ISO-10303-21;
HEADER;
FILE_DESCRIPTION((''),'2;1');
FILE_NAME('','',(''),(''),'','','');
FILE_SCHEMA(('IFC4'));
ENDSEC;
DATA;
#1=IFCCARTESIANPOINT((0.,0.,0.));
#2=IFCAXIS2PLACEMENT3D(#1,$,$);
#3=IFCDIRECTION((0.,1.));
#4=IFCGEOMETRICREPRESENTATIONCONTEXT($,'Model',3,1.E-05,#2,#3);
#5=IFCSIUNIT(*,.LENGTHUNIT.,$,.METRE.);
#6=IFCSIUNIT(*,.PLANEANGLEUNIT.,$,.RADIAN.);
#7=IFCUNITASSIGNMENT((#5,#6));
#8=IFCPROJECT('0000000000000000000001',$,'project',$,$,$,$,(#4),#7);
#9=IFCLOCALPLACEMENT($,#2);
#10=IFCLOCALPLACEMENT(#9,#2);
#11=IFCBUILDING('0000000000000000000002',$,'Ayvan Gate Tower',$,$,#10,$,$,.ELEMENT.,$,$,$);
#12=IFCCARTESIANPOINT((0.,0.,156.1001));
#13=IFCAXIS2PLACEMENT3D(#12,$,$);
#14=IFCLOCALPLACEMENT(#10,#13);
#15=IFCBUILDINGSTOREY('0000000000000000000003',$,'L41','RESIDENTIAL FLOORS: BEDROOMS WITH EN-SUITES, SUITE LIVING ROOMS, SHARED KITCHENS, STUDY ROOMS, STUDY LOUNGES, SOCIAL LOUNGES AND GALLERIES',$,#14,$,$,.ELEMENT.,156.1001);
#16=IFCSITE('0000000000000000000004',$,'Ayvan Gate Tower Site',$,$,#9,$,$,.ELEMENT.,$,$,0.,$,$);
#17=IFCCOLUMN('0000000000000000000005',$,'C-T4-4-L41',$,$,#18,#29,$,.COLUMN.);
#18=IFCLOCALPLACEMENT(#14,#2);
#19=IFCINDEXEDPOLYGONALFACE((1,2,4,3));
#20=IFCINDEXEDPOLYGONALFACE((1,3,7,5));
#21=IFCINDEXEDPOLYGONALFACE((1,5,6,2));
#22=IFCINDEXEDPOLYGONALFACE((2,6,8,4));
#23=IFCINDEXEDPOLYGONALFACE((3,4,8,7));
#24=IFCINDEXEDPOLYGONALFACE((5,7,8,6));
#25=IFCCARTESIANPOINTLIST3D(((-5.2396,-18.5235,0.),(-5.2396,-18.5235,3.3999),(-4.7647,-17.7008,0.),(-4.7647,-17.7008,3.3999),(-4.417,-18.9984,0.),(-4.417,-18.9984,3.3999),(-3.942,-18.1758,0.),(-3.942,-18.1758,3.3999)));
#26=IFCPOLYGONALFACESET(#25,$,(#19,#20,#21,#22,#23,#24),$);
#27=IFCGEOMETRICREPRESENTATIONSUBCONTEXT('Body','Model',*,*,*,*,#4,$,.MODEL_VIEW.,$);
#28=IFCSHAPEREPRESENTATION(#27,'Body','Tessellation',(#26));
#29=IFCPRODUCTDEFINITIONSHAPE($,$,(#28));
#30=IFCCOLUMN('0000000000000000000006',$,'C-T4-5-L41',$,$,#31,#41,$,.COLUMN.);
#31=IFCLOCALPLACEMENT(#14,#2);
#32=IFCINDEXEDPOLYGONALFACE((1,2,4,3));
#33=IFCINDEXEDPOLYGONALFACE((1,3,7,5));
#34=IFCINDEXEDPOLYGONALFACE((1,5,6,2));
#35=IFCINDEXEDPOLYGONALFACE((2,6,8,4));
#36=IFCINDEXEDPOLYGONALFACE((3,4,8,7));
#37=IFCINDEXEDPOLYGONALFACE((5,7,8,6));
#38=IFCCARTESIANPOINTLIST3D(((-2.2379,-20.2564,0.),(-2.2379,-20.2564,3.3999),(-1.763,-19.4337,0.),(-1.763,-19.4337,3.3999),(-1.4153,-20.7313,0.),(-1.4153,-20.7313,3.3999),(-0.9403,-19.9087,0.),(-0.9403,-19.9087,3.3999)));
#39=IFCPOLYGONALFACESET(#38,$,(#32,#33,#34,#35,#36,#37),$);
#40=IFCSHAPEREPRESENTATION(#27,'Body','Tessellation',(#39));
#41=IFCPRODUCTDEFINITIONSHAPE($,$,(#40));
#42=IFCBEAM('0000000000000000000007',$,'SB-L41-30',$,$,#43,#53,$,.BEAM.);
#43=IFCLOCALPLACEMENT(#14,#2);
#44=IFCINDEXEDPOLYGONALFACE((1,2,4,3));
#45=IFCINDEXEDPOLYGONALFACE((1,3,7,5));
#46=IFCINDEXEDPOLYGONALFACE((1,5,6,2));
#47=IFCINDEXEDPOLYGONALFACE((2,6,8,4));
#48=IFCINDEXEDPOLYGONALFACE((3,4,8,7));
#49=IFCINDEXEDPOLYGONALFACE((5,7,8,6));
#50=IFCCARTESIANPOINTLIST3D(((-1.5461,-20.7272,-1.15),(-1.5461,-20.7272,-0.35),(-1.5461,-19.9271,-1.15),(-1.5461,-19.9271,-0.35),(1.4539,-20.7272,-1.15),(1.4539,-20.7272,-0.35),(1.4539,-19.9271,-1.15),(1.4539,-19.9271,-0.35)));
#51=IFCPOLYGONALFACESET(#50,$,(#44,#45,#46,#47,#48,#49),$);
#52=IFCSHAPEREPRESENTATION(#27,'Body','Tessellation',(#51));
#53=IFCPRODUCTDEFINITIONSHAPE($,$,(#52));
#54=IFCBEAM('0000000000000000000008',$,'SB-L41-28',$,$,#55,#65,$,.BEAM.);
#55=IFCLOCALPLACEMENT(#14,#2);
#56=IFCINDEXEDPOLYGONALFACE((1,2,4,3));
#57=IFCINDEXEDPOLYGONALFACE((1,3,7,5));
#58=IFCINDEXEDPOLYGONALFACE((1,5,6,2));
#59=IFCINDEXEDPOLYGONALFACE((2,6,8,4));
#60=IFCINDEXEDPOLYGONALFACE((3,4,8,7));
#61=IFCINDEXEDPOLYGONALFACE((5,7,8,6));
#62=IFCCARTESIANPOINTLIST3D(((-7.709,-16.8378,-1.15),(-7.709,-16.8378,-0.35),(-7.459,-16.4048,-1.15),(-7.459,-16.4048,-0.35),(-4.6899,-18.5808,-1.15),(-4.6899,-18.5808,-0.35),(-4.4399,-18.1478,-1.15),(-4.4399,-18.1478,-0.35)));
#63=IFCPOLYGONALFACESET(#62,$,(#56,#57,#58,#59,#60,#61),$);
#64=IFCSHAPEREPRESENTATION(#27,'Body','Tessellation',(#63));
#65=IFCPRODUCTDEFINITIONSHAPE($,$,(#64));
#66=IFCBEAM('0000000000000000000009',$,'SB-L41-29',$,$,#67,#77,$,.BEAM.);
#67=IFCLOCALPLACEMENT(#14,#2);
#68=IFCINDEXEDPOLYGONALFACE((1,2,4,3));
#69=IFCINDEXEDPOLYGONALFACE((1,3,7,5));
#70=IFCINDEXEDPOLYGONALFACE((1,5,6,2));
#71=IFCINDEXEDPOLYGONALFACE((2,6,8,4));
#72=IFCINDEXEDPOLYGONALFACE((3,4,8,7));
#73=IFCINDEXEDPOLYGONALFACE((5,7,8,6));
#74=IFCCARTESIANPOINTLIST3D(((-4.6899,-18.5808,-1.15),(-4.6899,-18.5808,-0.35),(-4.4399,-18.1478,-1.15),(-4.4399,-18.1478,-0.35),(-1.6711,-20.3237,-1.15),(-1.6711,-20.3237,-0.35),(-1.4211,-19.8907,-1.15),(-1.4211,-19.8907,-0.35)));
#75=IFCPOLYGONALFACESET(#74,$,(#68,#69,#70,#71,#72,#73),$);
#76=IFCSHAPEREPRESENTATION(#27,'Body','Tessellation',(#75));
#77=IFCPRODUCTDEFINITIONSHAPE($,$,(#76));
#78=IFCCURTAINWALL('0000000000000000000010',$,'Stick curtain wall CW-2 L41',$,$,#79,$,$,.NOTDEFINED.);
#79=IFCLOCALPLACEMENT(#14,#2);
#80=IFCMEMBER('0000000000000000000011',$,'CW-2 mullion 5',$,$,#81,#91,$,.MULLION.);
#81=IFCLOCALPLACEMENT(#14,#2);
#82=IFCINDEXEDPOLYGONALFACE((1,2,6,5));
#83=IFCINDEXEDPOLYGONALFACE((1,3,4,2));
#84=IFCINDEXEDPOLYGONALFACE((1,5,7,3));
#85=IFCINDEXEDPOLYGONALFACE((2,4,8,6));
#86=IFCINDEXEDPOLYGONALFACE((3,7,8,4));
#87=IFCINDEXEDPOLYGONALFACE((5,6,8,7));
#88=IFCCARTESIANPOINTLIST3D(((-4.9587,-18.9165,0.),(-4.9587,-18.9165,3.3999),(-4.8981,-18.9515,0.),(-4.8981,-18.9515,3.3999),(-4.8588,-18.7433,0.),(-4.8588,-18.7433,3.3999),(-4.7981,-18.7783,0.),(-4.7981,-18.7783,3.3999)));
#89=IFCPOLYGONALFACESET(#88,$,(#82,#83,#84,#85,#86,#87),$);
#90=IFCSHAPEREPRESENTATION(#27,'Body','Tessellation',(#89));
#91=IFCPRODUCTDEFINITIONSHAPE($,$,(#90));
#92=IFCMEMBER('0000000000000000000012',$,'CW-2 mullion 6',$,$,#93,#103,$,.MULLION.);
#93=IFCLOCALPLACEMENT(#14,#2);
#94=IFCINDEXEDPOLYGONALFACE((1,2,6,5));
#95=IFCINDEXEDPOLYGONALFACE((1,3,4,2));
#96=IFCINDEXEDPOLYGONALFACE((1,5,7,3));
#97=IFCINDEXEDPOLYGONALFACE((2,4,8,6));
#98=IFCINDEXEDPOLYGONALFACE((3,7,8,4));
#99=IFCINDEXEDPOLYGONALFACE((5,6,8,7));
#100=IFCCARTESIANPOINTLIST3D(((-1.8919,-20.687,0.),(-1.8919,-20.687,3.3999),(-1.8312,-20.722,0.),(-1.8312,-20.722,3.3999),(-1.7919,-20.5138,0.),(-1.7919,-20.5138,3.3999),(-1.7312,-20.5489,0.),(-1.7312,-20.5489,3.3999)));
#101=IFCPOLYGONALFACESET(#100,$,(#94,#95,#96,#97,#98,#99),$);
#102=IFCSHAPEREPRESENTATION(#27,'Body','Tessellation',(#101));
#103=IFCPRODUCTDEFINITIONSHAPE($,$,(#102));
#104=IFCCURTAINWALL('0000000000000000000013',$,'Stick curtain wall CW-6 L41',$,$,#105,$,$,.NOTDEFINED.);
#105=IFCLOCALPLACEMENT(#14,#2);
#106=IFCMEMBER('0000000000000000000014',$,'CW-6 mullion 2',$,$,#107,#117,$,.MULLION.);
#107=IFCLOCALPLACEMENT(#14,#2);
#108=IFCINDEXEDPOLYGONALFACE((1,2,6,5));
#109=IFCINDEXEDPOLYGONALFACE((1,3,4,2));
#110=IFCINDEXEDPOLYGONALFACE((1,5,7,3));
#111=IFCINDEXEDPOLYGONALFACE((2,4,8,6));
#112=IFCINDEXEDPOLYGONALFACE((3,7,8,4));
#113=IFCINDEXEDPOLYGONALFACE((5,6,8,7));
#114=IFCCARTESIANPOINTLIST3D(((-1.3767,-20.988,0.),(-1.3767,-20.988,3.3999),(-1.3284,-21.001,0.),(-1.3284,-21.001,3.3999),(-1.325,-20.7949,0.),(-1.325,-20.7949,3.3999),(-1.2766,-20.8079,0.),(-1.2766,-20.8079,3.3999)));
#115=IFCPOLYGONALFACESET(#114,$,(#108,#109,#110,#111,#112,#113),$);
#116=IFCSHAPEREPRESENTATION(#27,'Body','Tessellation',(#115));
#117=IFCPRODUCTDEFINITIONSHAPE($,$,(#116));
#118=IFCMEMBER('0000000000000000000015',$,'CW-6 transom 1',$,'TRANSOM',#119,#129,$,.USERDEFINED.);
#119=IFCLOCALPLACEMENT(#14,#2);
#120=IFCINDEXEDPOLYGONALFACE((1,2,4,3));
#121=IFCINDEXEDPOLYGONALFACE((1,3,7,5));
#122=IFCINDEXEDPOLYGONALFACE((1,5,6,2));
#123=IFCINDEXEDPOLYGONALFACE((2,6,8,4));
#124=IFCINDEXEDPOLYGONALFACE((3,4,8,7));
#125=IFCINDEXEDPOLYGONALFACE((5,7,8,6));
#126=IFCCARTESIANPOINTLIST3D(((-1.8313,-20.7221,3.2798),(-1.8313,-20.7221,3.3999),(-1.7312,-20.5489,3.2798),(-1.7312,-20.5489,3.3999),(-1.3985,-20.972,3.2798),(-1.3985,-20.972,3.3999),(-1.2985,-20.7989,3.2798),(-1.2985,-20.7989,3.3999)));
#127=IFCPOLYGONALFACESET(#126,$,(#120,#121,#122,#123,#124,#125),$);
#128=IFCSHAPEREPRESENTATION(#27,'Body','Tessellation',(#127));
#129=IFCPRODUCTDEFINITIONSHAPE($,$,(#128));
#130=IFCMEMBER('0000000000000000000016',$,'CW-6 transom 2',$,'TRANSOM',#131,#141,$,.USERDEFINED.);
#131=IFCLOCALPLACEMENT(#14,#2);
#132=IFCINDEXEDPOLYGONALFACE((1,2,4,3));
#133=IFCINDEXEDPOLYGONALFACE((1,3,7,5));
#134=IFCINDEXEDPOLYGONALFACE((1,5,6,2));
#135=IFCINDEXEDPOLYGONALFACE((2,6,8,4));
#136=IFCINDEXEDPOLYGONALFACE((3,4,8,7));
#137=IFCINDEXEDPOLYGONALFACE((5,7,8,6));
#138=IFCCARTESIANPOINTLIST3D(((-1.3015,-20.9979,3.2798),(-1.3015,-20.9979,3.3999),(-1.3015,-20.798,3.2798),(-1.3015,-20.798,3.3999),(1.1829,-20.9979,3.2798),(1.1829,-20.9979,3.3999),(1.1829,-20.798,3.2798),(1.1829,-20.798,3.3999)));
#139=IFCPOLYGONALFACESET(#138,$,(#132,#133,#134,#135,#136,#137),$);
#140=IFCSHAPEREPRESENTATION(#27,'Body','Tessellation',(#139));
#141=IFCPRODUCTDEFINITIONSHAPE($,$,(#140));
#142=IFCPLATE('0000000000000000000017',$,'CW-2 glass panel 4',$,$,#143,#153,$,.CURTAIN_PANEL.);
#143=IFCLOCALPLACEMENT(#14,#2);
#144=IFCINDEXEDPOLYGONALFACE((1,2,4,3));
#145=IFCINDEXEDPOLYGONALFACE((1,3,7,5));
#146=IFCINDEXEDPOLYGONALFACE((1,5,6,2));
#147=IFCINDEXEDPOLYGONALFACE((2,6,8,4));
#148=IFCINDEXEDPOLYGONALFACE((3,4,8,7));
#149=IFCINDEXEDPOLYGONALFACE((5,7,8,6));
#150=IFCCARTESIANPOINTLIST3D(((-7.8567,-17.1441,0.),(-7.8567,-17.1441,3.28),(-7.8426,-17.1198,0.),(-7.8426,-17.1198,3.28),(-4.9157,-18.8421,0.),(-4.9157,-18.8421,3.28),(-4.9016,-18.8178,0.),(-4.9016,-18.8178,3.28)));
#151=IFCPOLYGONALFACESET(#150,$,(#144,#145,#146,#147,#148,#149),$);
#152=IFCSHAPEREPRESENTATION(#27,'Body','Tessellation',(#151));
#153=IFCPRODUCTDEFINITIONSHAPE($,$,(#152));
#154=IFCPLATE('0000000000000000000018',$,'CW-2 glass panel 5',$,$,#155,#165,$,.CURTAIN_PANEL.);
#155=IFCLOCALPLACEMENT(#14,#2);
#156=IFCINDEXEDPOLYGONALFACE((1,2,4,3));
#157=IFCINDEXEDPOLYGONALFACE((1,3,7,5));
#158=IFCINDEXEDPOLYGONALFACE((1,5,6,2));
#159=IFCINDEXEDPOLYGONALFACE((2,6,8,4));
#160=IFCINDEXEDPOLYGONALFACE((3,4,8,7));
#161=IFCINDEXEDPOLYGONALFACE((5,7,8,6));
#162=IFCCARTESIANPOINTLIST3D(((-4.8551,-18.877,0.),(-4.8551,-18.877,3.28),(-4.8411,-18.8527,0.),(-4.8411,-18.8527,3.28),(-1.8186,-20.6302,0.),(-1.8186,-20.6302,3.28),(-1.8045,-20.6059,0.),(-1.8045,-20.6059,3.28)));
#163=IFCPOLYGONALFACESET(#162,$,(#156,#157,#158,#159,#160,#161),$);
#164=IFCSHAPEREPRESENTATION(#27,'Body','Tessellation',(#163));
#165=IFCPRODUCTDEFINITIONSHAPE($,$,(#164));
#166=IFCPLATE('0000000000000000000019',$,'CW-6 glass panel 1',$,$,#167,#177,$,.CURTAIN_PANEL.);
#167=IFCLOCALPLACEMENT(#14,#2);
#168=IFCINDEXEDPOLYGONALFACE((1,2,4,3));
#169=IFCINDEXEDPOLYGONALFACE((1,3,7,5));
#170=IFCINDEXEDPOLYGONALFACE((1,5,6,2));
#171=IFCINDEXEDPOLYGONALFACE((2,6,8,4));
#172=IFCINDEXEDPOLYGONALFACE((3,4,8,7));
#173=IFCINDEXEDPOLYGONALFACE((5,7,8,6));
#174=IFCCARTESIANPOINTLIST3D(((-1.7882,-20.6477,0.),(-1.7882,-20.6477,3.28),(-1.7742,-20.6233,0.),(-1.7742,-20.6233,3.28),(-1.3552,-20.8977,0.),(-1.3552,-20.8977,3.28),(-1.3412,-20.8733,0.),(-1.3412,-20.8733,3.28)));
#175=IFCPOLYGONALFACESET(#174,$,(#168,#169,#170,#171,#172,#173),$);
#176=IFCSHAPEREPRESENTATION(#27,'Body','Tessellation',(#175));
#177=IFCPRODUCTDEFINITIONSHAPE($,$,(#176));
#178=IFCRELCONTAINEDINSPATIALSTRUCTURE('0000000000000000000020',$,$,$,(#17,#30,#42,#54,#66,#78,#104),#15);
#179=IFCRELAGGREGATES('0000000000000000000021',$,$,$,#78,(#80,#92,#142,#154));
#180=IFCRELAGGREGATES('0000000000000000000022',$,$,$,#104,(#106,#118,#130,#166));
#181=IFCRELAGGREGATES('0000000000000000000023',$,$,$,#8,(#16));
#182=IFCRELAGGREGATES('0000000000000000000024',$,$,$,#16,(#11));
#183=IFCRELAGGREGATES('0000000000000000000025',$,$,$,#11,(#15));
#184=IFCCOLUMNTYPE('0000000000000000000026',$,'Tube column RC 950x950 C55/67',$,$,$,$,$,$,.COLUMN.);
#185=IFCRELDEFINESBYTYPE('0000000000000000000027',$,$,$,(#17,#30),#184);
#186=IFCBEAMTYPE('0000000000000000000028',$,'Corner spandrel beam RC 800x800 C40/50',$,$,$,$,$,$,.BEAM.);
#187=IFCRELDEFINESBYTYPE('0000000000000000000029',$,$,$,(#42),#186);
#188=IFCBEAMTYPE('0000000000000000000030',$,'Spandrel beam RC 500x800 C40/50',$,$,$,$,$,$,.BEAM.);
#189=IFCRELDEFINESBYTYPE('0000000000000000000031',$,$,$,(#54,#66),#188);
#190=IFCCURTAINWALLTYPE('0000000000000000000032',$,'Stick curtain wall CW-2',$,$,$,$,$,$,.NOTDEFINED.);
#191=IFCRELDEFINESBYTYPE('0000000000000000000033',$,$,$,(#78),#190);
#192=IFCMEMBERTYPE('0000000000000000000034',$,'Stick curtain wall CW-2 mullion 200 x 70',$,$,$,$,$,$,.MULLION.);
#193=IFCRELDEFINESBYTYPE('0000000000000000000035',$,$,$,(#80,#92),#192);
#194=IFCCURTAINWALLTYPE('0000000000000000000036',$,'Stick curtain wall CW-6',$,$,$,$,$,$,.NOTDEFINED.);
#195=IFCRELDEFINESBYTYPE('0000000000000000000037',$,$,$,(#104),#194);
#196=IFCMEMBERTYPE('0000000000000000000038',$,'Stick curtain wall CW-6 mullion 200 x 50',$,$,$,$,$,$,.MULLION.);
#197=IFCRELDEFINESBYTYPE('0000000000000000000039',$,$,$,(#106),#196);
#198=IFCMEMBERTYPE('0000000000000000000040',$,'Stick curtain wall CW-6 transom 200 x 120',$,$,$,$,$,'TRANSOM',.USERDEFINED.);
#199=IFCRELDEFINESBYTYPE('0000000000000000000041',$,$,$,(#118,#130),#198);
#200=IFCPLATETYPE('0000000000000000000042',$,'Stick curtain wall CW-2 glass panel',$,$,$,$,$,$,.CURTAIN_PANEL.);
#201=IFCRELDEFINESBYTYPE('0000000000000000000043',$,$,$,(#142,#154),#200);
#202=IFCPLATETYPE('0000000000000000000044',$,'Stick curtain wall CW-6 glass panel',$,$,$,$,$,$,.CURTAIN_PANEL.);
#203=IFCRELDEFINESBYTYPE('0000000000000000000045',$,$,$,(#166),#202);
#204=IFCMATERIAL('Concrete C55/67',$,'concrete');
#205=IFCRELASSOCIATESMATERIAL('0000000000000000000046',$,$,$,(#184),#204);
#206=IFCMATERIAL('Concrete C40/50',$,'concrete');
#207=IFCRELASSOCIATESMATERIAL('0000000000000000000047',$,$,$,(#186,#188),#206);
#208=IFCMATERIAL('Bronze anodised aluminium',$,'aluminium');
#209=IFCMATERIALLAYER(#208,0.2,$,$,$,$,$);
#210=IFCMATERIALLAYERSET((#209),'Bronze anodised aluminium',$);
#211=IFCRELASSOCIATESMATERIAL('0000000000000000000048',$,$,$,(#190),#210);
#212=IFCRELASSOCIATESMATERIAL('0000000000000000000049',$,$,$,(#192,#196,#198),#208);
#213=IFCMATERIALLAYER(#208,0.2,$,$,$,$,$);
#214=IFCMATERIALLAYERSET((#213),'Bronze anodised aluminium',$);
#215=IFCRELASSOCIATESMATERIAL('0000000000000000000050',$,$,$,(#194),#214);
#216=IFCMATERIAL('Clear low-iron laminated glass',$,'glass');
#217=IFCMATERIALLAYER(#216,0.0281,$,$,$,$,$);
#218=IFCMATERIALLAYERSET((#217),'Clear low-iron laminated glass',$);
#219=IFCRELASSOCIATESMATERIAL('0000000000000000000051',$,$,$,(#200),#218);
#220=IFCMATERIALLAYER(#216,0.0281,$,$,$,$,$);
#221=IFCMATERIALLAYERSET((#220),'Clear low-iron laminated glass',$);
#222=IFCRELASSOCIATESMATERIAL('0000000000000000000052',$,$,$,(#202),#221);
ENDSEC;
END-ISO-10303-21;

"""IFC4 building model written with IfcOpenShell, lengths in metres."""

from ifc_helpers import new_model, si_unit, direction, frame, origin, origin_2d, place, context, subcontext, project, spatial, rectangle, extrude, material, layer, layer_set, material_profile, profile_set, type_object, element, aggregate, save


model = new_model("IFC4")

# Units and contexts
model_context = context("Model", 3, precision=1e-05, world=origin(), true_north=direction((0.0, 1.0)))
body_context = subcontext(model_context, "Body", "Model", "MODEL_VIEW")
ifc_project = project(units=[si_unit("LENGTHUNIT", "METRE"), si_unit("PLANEANGLEUNIT", "RADIAN")], contexts=[model_context])

# Site, building, storey
site_placement = place(None, origin())
site = spatial("IfcSite", under=ifc_project, at=site_placement, Name="Ayvan Gate Tower Site", CompositionType="ELEMENT", RefElevation=0.0)
building_placement = place(site_placement, origin())
building = spatial("IfcBuilding", under=site, at=building_placement, Name="Ayvan Gate Tower", CompositionType="ELEMENT")
storey_placement = place(building_placement, frame((0.0, 0.0, 156.1001)))
storey = spatial("IfcBuildingStorey", under=building, at=storey_placement, Name="L41", Description="RESIDENTIAL FLOORS: BEDROOMS WITH EN-SUITES, SUITE LIVING ROOMS, SHARED KITCHENS, STUDY ROOMS, STUDY LOUNGES, SOCIAL LOUNGES AND GALLERIES", CompositionType="ELEMENT", Elevation=156.1001)

# Columns
ifc_material_1 = material(Name="Concrete C55/67", Category="concrete")
ifc_material_profile_1 = material_profile(ifc_material_1, rectangle(XDim=0.95, YDim=0.95, at=origin_2d()), Name="RC 950x950")
ifc_profile_set_1 = profile_set([ifc_material_profile_1], Name="Concrete C55/67")
column_type = type_object("IfcColumnType", Name="Tube column RC 950x950 C55/67", PredefinedType="COLUMN", material=ifc_profile_set_1)
for number, where, z_axis, x_axis, name in (
    (1, (-4.5908, -18.3496, 0.0), (0.0, 0.0, 1.0), (-0.5, -0.866025, 0.0), "C-T4-4-L41"),
    (2, (-1.5891, -20.0825, 0.0), (0.0, 0.0, 1.0), (-0.5, -0.866025, 0.0), "C-T4-5-L41"),
):
    element("IfcColumn", number, at=place(storey_placement, frame(where, z_axis=z_axis, x_axis=x_axis)), inside=storey, type_object=column_type, Name=name, PredefinedType="COLUMN", context=body_context, shape_type="SweptSolid", body=[
        extrude(rectangle(XDim=0.95, YDim=0.95, at=origin_2d()), origin(), (0.0, 0.0, 1.0), 3.3999),
    ])

# Beams
ifc_material_2 = material(Name="Concrete C40/50", Category="concrete")
ifc_material_profile_2 = material_profile(ifc_material_2, rectangle(XDim=0.8, YDim=0.8, at=origin_2d()), Name="RC 800x800")
ifc_profile_set_2 = profile_set([ifc_material_profile_2], Name="Concrete C40/50")
beam_type_1 = type_object("IfcBeamType", Name="Corner spandrel beam RC 800x800 C40/50", PredefinedType="BEAM", material=ifc_profile_set_2)
beam_1_placement = place(storey_placement, frame((-1.5461, -20.3271, -0.75), z_axis=(1.0, 0.0, 0.0), x_axis=(0.0, 1.0, 0.0)))
element("IfcBeam", 3, at=beam_1_placement, inside=storey, type_object=beam_type_1, Name="SB-L41-30", PredefinedType="BEAM", context=body_context, shape_type="SweptSolid", body=[
    extrude(rectangle(XDim=0.8, YDim=0.8, at=origin_2d()), origin(), (0.0, 0.0, 1.0), 3.0),
])
ifc_material_profile_3 = material_profile(ifc_material_2, rectangle(XDim=0.5, YDim=0.8, at=origin_2d()), Name="RC 500x800")
ifc_profile_set_3 = profile_set([ifc_material_profile_3], Name="Concrete C40/50")
beam_type_2 = type_object("IfcBeamType", Name="Spandrel beam RC 500x800 C40/50", PredefinedType="BEAM", material=ifc_profile_set_3)
beam_2_placement = place(storey_placement, frame((-7.584, -16.6213, -0.75), z_axis=(0.866041, -0.499973, 0.0), x_axis=(0.499973, 0.866041, 0.0)))
element("IfcBeam", 4, at=beam_2_placement, inside=storey, type_object=beam_type_2, Name="SB-L41-28", PredefinedType="BEAM", context=body_context, shape_type="SweptSolid", body=[
    extrude(rectangle(XDim=0.5, YDim=0.8, at=origin_2d()), origin(), (0.0, 0.0, 1.0), 3.4861),
])
beam_3_placement = place(storey_placement, frame((-4.5649, -18.3643, -0.75), z_axis=(0.866023, -0.500003, 0.0), x_axis=(0.500003, 0.866023, 0.0)))
element("IfcBeam", 5, at=beam_3_placement, inside=storey, type_object=beam_type_2, Name="SB-L41-29", PredefinedType="BEAM", context=body_context, shape_type="SweptSolid", body=[
    extrude(rectangle(XDim=0.5, YDim=0.8, at=origin_2d()), origin(), (0.0, 0.0, 1.0), 3.4858),
])

# Curtain walls, members
ifc_material_3 = material(Name="Bronze anodised aluminium", Category="aluminium")
ifc_layer_1 = layer(ifc_material_3, 0.2)
ifc_layer_set_1 = layer_set([ifc_layer_1], Name="Bronze anodised aluminium")
curtain_wall_type_1 = type_object("IfcCurtainWallType", Name="Stick curtain wall CW-2", PredefinedType="NOTDEFINED", material=ifc_layer_set_1)
curtain_wall_1_placement = place(storey_placement, origin())
curtain_wall_1 = element("IfcCurtainWall", 6, at=curtain_wall_1_placement, inside=storey, type_object=curtain_wall_type_1, Name="Stick curtain wall CW-2 L41", PredefinedType="NOTDEFINED")
ifc_material_profile_4 = material_profile(ifc_material_3, rectangle(XDim=0.2, YDim=0.0701, at=origin_2d()), Name="Stick curtain wall CW-2 mullion 200 x 70")
ifc_profile_set_4 = profile_set([ifc_material_profile_4], Name="Bronze anodised aluminium")
member_type_1 = type_object("IfcMemberType", Name="Stick curtain wall CW-2 mullion 200 x 70", PredefinedType="MULLION", material=ifc_profile_set_4)
member_1_placement = place(storey_placement, frame((-4.8784, -18.8474, 0.0), z_axis=(0.0, 0.0, 1.0), x_axis=(-0.5, -0.866025, 0.0)))
member_1 = element("IfcMember", 7, at=member_1_placement, type_object=member_type_1, Name="CW-2 mullion 5", PredefinedType="MULLION", context=body_context, shape_type="SweptSolid", body=[
    extrude(rectangle(XDim=0.2, YDim=0.0701, at=origin_2d()), origin(), (0.0, 0.0, 1.0), 3.3999),
])
member_2_placement = place(storey_placement, frame((-1.8115, -20.6179, 0.0), z_axis=(0.0, 0.0, 1.0), x_axis=(-0.5, -0.866025, 0.0)))
member_2 = element("IfcMember", 8, at=member_2_placement, type_object=member_type_1, Name="CW-2 mullion 6", PredefinedType="MULLION", context=body_context, shape_type="SweptSolid", body=[
    extrude(rectangle(XDim=0.2, YDim=0.0701, at=origin_2d()), origin(), (0.0, 0.0, 1.0), 3.3999),
])
ifc_layer_2 = layer(ifc_material_3, 0.2)
ifc_layer_set_2 = layer_set([ifc_layer_2], Name="Bronze anodised aluminium")
curtain_wall_type_2 = type_object("IfcCurtainWallType", Name="Stick curtain wall CW-6", PredefinedType="NOTDEFINED", material=ifc_layer_set_2)
curtain_wall_2_placement = place(storey_placement, origin())
curtain_wall_2 = element("IfcCurtainWall", 9, at=curtain_wall_2_placement, inside=storey, type_object=curtain_wall_type_2, Name="Stick curtain wall CW-6 L41", PredefinedType="NOTDEFINED")
ifc_material_profile_5 = material_profile(ifc_material_3, rectangle(XDim=0.2, YDim=0.05, at=origin_2d()), Name="Stick curtain wall CW-6 mullion 200 x 50")
ifc_profile_set_5 = profile_set([ifc_material_profile_5], Name="Bronze anodised aluminium")
member_type_2 = type_object("IfcMemberType", Name="Stick curtain wall CW-6 mullion 200 x 50", PredefinedType="MULLION", material=ifc_profile_set_5)
member_3_placement = place(storey_placement, frame((-1.3267, -20.8979, 0.0), z_axis=(0.0, 0.0, 1.0), x_axis=(-0.258819, -0.965926, 0.0)))
member_3 = element("IfcMember", 10, at=member_3_placement, type_object=member_type_2, Name="CW-6 mullion 2", PredefinedType="MULLION", context=body_context, shape_type="SweptSolid", body=[
    extrude(rectangle(XDim=0.2, YDim=0.05, at=origin_2d()), origin(), (0.0, 0.0, 1.0), 3.3999),
])
ifc_material_profile_6 = material_profile(ifc_material_3, rectangle(XDim=0.2, YDim=0.1201, at=origin_2d()), Name="Stick curtain wall CW-6 transom 200 x 120")
ifc_profile_set_6 = profile_set([ifc_material_profile_6], Name="Bronze anodised aluminium")
member_type_3 = type_object("IfcMemberType", Name="Stick curtain wall CW-6 transom 200 x 120", ElementType="TRANSOM", PredefinedType="USERDEFINED", material=ifc_profile_set_6)
member_4_placement = place(storey_placement, frame((-1.7812, -20.6355, 3.3398), z_axis=(0.86595, -0.500131, 0.0), x_axis=(0.500131, 0.86595, 0.0)))
member_4 = element("IfcMember", 11, at=member_4_placement, type_object=member_type_3, Name="CW-6 transom 1", ObjectType="TRANSOM", PredefinedType="USERDEFINED", context=body_context, shape_type="SweptSolid", body=[
    extrude(rectangle(XDim=0.2, YDim=0.1201, at=origin_2d()), origin(), (0.0, 0.0, 1.0), 0.4998),
])
member_5_placement = place(storey_placement, frame((-1.3015, -20.8979, 3.3398), z_axis=(1.0, 0.0, 0.0), x_axis=(0.0, 1.0, 0.0)))
member_5 = element("IfcMember", 12, at=member_5_placement, type_object=member_type_3, Name="CW-6 transom 2", ObjectType="TRANSOM", PredefinedType="USERDEFINED", context=body_context, shape_type="SweptSolid", body=[
    extrude(rectangle(XDim=0.2, YDim=0.1201, at=origin_2d()), origin(), (0.0, 0.0, 1.0), 2.4844),
])

# Plates
ifc_material_4 = material(Name="Clear low-iron laminated glass", Category="glass")
ifc_layer_3 = layer(ifc_material_4, 0.0281)
ifc_layer_set_3 = layer_set([ifc_layer_3], Name="Clear low-iron laminated glass")
plate_type_1 = type_object("IfcPlateType", Name="Stick curtain wall CW-2 glass panel", PredefinedType="CURTAIN_PANEL", material=ifc_layer_set_3)
plate_1_placement = place(storey_placement, frame((-6.3792, -17.981, 0.0), z_axis=(0.0, 0.0, 1.0), x_axis=(0.866025, -0.5, 0.0)))
plate_1 = element("IfcPlate", 13, at=plate_1_placement, type_object=plate_type_1, Name="CW-2 glass panel 4", PredefinedType="CURTAIN_PANEL", context=body_context, shape_type="SweptSolid", body=[
    extrude(rectangle(XDim=3.396, YDim=0.0281, at=origin_2d()), origin(), (0.0, 0.0, 1.0), 3.28),
])
plate_2_placement = place(storey_placement, frame((-3.3298, -19.7415, 0.0), z_axis=(0.0, 0.0, 1.0), x_axis=(0.866025, -0.5, 0.0)))
plate_2 = element("IfcPlate", 14, at=plate_2_placement, type_object=plate_type_1, Name="CW-2 glass panel 5", PredefinedType="CURTAIN_PANEL", context=body_context, shape_type="SweptSolid", body=[
    extrude(rectangle(XDim=3.5063, YDim=0.0281, at=origin_2d()), origin(), (0.0, 0.0, 1.0), 3.28),
])
aggregate(curtain_wall_1, [member_1, member_2, plate_1, plate_2])
ifc_layer_4 = layer(ifc_material_4, 0.0281)
ifc_layer_set_4 = layer_set([ifc_layer_4], Name="Clear low-iron laminated glass")
plate_type_2 = type_object("IfcPlateType", Name="Stick curtain wall CW-6 glass panel", PredefinedType="CURTAIN_PANEL", material=ifc_layer_set_4)
plate_3_placement = place(storey_placement, frame((-1.5647, -20.7605, 0.0), z_axis=(0.0, 0.0, 1.0), x_axis=(0.866025, -0.5, 0.0)))
plate_3 = element("IfcPlate", 15, at=plate_3_placement, type_object=plate_type_2, Name="CW-6 glass panel 1", PredefinedType="CURTAIN_PANEL", context=body_context, shape_type="SweptSolid", body=[
    extrude(rectangle(XDim=0.5, YDim=0.0281, at=origin_2d()), origin(), (0.0, 0.0, 1.0), 3.28),
])
aggregate(curtain_wall_2, [member_3, member_4, member_5, plate_3])

save(model, "model.ifc")
